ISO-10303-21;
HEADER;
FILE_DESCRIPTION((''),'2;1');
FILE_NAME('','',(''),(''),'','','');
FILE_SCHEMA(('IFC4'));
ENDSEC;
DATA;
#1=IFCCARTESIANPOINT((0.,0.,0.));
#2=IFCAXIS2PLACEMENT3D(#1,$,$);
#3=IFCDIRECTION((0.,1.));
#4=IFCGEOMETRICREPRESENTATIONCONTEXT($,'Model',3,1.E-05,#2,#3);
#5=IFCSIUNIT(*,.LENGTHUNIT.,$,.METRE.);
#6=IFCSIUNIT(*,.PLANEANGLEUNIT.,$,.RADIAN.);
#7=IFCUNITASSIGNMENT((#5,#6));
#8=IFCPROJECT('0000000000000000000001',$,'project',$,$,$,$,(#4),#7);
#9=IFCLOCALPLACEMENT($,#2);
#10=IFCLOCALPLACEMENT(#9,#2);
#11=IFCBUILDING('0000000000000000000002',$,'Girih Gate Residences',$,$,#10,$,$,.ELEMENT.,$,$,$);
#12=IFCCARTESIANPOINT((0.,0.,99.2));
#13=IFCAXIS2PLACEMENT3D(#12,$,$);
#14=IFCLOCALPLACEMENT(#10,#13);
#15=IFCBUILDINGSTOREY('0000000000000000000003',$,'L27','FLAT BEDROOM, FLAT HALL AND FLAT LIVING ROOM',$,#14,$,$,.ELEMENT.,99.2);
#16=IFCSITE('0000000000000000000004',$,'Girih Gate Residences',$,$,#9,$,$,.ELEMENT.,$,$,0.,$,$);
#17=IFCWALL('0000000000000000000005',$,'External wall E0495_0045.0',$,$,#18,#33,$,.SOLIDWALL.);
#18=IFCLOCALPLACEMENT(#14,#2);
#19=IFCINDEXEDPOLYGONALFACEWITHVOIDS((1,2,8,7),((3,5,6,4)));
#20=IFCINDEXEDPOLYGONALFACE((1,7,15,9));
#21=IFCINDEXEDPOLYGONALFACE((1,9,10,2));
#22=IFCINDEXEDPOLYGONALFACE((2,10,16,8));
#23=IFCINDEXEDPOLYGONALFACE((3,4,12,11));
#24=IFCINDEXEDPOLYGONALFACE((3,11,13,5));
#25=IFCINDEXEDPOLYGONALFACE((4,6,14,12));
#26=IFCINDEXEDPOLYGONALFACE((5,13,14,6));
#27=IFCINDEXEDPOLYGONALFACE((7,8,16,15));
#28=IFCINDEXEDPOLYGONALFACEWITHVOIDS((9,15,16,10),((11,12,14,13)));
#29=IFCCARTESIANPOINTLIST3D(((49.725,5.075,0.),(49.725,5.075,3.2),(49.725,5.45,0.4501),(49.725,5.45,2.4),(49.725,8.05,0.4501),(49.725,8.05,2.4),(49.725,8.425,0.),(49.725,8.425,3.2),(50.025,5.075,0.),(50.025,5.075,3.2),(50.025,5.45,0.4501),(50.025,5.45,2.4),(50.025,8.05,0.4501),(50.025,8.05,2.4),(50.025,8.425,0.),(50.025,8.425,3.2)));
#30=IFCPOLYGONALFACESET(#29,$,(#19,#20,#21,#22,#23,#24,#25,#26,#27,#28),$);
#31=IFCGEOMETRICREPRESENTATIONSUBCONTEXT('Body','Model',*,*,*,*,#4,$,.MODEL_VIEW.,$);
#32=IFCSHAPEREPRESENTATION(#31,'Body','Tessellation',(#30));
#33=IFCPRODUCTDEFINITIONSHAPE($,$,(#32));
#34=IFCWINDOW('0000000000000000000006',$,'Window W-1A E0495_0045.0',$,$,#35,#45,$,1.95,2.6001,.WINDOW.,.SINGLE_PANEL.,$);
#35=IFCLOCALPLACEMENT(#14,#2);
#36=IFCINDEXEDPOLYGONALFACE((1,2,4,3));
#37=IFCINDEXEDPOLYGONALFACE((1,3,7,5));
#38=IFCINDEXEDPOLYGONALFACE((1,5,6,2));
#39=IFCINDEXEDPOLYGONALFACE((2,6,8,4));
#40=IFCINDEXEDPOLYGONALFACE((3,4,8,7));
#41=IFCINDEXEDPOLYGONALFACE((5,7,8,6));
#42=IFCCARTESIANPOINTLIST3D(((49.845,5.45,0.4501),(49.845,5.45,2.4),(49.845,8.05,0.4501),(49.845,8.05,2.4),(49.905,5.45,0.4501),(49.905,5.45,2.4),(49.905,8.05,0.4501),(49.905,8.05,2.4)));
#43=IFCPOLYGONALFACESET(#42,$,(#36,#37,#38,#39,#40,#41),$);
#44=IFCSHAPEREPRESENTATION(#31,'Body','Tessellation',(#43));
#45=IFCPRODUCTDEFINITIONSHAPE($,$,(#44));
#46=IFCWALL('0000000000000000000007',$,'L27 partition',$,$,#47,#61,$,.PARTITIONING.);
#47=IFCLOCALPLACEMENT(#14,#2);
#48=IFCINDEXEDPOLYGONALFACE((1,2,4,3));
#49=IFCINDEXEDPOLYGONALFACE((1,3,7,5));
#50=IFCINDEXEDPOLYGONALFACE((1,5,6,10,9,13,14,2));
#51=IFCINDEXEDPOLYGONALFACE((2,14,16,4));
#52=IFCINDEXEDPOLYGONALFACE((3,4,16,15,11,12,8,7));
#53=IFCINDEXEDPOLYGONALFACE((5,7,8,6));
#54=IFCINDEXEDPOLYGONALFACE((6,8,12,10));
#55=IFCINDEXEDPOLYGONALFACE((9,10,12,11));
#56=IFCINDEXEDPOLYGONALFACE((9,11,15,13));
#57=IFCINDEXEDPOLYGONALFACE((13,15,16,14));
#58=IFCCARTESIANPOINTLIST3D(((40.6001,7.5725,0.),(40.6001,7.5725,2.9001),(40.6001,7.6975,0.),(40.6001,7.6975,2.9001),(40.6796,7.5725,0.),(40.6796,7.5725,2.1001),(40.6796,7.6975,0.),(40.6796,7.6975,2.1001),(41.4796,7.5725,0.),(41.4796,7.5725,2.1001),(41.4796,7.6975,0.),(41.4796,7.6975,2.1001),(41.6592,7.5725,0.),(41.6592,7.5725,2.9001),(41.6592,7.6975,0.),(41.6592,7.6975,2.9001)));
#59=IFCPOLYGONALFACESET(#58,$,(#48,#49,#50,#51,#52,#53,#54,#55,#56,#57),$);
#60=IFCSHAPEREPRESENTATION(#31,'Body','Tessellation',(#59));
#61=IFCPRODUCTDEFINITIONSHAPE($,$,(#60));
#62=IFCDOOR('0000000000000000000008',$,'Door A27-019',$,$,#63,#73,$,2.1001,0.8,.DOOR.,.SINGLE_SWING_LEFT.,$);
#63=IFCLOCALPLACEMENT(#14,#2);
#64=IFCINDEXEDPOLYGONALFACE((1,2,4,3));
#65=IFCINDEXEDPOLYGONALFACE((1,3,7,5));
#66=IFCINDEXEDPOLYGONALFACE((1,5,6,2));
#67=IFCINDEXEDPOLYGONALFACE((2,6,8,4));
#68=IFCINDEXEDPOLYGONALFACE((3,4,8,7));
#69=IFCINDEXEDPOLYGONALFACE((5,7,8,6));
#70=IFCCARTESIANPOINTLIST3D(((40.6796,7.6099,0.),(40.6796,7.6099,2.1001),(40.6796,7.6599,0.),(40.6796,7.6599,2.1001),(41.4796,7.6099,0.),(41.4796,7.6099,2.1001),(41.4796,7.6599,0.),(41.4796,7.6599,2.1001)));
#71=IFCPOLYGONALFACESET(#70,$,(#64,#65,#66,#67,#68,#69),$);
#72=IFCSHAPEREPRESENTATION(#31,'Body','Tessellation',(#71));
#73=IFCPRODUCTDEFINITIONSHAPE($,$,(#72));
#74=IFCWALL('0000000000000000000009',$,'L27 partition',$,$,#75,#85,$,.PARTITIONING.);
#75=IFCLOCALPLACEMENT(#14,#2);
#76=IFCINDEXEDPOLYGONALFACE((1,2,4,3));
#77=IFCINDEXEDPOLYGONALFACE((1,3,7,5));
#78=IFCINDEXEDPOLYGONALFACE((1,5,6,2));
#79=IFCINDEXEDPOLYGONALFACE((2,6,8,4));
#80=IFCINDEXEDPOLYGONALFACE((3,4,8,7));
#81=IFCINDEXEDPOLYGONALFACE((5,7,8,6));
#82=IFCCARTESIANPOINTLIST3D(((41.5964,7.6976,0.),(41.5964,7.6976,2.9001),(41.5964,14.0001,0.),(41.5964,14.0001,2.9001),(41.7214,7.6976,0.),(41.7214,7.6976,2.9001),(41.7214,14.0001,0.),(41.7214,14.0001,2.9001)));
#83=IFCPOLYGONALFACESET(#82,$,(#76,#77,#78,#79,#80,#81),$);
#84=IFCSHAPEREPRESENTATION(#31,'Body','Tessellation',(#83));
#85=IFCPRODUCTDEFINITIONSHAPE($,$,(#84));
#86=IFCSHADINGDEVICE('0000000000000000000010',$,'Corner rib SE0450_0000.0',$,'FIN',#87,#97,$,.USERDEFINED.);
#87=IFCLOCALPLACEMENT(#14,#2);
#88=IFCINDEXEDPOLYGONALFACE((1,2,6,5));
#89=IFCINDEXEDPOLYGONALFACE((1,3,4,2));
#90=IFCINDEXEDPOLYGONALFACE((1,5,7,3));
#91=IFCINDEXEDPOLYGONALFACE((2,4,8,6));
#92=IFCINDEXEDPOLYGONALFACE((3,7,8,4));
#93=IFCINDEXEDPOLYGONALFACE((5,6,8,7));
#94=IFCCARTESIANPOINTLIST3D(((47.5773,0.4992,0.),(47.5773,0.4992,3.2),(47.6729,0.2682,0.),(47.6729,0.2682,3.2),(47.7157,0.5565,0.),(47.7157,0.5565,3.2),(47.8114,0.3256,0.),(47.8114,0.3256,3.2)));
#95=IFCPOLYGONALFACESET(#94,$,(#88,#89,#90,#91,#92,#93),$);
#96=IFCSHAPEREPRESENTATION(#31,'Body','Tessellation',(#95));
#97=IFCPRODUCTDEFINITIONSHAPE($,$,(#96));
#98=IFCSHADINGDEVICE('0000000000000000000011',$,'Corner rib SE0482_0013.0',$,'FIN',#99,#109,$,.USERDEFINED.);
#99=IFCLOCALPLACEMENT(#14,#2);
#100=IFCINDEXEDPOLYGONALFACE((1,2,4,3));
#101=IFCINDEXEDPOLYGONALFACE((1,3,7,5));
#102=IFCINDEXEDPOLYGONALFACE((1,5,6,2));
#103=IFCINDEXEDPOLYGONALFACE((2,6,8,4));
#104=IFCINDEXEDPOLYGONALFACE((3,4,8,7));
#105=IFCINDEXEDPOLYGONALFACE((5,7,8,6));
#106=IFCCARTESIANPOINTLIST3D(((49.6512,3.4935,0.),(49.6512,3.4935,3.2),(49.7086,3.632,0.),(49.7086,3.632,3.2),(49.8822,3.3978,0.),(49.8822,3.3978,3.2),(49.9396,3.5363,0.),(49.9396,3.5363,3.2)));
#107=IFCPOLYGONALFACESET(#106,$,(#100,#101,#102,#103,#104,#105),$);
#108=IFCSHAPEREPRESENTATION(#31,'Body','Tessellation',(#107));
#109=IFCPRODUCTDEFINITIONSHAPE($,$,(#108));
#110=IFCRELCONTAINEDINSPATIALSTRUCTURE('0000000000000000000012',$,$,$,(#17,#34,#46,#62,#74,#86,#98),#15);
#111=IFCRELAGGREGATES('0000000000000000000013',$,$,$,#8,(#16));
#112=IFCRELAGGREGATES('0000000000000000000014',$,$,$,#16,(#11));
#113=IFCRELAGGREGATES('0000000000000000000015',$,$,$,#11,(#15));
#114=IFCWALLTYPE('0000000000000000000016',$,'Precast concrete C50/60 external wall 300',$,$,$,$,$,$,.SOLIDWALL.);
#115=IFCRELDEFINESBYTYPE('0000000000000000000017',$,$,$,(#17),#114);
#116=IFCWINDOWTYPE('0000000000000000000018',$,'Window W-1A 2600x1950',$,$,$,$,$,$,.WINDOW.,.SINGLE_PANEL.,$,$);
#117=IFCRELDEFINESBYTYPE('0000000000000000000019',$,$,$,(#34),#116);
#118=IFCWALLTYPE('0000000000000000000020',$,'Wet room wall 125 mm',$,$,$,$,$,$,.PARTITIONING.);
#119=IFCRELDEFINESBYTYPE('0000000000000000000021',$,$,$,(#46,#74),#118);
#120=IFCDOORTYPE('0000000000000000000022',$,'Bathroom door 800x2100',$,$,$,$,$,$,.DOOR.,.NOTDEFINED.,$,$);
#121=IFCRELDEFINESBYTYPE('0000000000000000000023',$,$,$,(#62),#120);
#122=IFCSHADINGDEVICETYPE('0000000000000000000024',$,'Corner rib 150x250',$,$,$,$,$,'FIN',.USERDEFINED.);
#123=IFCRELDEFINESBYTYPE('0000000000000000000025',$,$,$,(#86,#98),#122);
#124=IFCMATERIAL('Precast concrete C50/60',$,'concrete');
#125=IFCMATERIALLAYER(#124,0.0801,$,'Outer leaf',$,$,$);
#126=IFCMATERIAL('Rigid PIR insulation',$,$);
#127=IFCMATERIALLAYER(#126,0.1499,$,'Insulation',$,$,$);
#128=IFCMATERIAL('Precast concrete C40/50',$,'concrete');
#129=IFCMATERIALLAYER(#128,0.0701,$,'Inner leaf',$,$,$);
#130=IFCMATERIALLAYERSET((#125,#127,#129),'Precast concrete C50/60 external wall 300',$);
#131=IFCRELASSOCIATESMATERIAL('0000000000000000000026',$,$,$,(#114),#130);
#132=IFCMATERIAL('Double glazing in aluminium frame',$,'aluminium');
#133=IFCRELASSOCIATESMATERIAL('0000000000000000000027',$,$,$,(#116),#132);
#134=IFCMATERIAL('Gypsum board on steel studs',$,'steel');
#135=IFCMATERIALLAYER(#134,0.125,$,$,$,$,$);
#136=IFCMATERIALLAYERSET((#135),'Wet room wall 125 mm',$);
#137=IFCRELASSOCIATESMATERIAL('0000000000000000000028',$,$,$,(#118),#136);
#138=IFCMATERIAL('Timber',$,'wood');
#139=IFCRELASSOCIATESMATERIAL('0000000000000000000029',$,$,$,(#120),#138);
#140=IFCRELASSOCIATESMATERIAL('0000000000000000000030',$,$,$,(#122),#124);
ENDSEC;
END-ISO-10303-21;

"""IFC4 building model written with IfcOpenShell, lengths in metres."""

from ifc_helpers import new_model, si_unit, direction, frame, frame_2d, origin, origin_2d, place, context, subcontext, project, spatial, rectangle, extrude, material, layer, layer_set, type_object, element, fill, save


model = new_model("IFC4")

# Units and contexts
model_context = context("Model", 3, precision=1e-05, world=origin(), true_north=direction((0.0, 1.0)))
body_context = subcontext(model_context, "Body", "Model", "MODEL_VIEW")
ifc_project = project(units=[si_unit("LENGTHUNIT", "METRE"), si_unit("PLANEANGLEUNIT", "RADIAN")], contexts=[model_context])

# Site, building, storey
site_placement = place(None, origin())
site = spatial("IfcSite", under=ifc_project, at=site_placement, Name="Girih Gate Residences", CompositionType="ELEMENT", RefElevation=0.0)
building_placement = place(site_placement, origin())
building = spatial("IfcBuilding", under=site, at=building_placement, Name="Girih Gate Residences", CompositionType="ELEMENT")
storey_placement = place(building_placement, frame((0.0, 0.0, 99.2)))
storey = spatial("IfcBuildingStorey", under=building, at=storey_placement, Name="L27", Description="FLAT BEDROOM, FLAT HALL AND FLAT LIVING ROOM", CompositionType="ELEMENT", Elevation=99.2)

# Shared definitions
ifc_material_1 = material(Name="Gypsum board on steel studs", Category="steel")
ifc_material_2 = material(Name="Timber", Category="wood")

# Wall, opening, window
ifc_material_3 = material(Name="Precast concrete C50/60", Category="concrete")
ifc_layer_1 = layer(ifc_material_3, 0.0801, Name="Outer leaf")
ifc_material_4 = material(Name="Rigid PIR insulation")
ifc_layer_2 = layer(ifc_material_4, 0.1499, Name="Insulation")
ifc_material_5 = material(Name="Precast concrete C40/50", Category="concrete")
ifc_layer_3 = layer(ifc_material_5, 0.0701, Name="Inner leaf")
ifc_layer_set_1 = layer_set([ifc_layer_1, ifc_layer_2, ifc_layer_3], Name="Precast concrete C50/60 external wall 300")
wall_type_1 = type_object("IfcWallType", Name="Precast concrete C50/60 external wall 300", PredefinedType="SOLIDWALL", material=ifc_layer_set_1)
ifc_material_6 = material(Name="Double glazing in aluminium frame", Category="aluminium")
window_type_1 = type_object("IfcWindowType", Name="Window W-1A 2600x1950", PartitioningType="SINGLE_PANEL", PredefinedType="WINDOW", material=ifc_material_6)
wall_1_placement = place(storey_placement, frame((49.875, 8.425, 0.0), z_axis=(0.0, 0.0, 1.0), x_axis=(0.0, -1.0, 0.0)))
wall_1 = element("IfcWall", 1, at=wall_1_placement, inside=storey, type_object=wall_type_1, Name="External wall E0495_0045.0", PredefinedType="SOLIDWALL", context=body_context, shape_type="SweptSolid", body=[
    extrude(rectangle(XDim=3.3501, YDim=0.3, at=frame_2d((1.675, 0.0))), origin(), (0.0, 0.0, 1.0), 3.2),
])
opening_1_placement = place(wall_1_placement, frame((0.375, 0.0, 0.45)))
opening_1 = element("IfcOpeningElement", 2, at=opening_1_placement, cuts=wall_1, PredefinedType="OPENING", context=body_context, shape_type="SweptSolid", body=[
    extrude(rectangle(XDim=2.6001, YDim=1.95, at=frame_2d((1.3, 0.9751))), frame((0.0, 0.1599, 0.0), z_axis=(0.0, -1.0, 0.0), x_axis=(1.0, 0.0, 0.0)), (0.0, 0.0, 1.0), 0.3201),
])
window_1_placement = place(opening_1_placement, origin())
window_1 = element("IfcWindow", 3, at=window_1_placement, inside=storey, type_object=window_type_1, Name="Window W-1A E0495_0045.0", OverallHeight=1.95, OverallWidth=2.6001, PartitioningType="SINGLE_PANEL", PredefinedType="WINDOW", context=body_context, shape_type="SweptSolid", body=[
    extrude(rectangle(XDim=2.6001, YDim=1.95, at=frame_2d((1.3, 0.9751))), frame((0.0, 0.03, 0.0), z_axis=(0.0, -1.0, 0.0), x_axis=(1.0, 0.0, 0.0)), (0.0, 0.0, 1.0), 0.0601),
])
fill(opening_1, window_1)

# Wall, opening, door
ifc_layer_4 = layer(ifc_material_1, 0.125)
ifc_layer_set_2 = layer_set([ifc_layer_4], Name="Wet room wall 125 mm")
wall_type_2 = type_object("IfcWallType", Name="Wet room wall 125 mm", PredefinedType="PARTITIONING", material=ifc_layer_set_2)
wall_2_placement = place(storey_placement, frame((40.6001, 7.635, 0.0), z_axis=(0.0, 0.0, 1.0), x_axis=(1.0, 0.0, 0.0)))
wall_2 = element("IfcWall", 4, at=wall_2_placement, inside=storey, type_object=wall_type_2, Name="L27 partition", PredefinedType="PARTITIONING", context=body_context, shape_type="SweptSolid", body=[
    extrude(rectangle(XDim=1.0591, YDim=0.125, at=frame_2d((0.5295, 0.0))), origin(), (0.0, 0.0, 1.0), 2.9001),
])
opening_2_placement = place(wall_2_placement, frame((0.0796, 0.0, 0.0)))
opening_2 = element("IfcOpeningElement", 5, at=opening_2_placement, cuts=wall_2, PredefinedType="OPENING", context=body_context, shape_type="SweptSolid", body=[
    extrude(rectangle(XDim=0.8, YDim=2.1001, at=frame_2d((0.3999, 1.05))), frame((0.0, 0.0725, 0.0), z_axis=(0.0, -1.0, 0.0), x_axis=(1.0, 0.0, 0.0)), (0.0, 0.0, 1.0), 0.145),
])
door_type_1 = type_object("IfcDoorType", Name="Bathroom door 800x2100", OperationType="NOTDEFINED", PredefinedType="DOOR", material=ifc_material_2)
door_1_placement = place(opening_2_placement, origin())
door_1 = element("IfcDoor", 6, at=door_1_placement, inside=storey, type_object=door_type_1, Name="Door A27-019", OperationType="SINGLE_SWING_LEFT", OverallHeight=2.1001, OverallWidth=0.8, PredefinedType="DOOR", context=body_context, shape_type="SweptSolid", body=[
    extrude(rectangle(XDim=0.8, YDim=2.1001, at=frame_2d((0.3999, 1.05))), frame((0.0, 0.0249, 0.0), z_axis=(0.0, -1.0, 0.0), x_axis=(1.0, 0.0, 0.0)), (0.0, 0.0, 1.0), 0.05),
])
fill(opening_2, door_1)

# Wall
wall_3_placement = place(storey_placement, frame((41.6589, 7.6975, 0.0), z_axis=(0.0, 0.0, 1.0), x_axis=(0.0, 1.0, 0.0)))
element("IfcWall", 7, at=wall_3_placement, inside=storey, type_object=wall_type_2, Name="L27 partition", PredefinedType="PARTITIONING", context=body_context, shape_type="SweptSolid", body=[
    extrude(rectangle(XDim=6.3025, YDim=0.125, at=frame_2d((3.1514, 0.0))), origin(), (0.0, 0.0, 1.0), 2.9001),
])

# Shading devices
shading_device_type = type_object("IfcShadingDeviceType", Name="Corner rib 150x250", ElementType="FIN", PredefinedType="USERDEFINED", material=ifc_material_3)
for number, where, z_axis, x_axis, name in (
    (8, (47.6943, 0.4124, 0.0), (0.0, 0.0, 1.0), (0.92388, 0.382683, 0.0), "Corner rib SE0450_0000.0"),
    (9, (49.7954, 3.5149, 0.0), (0.0, 0.0, 1.0), (0.382683, 0.92388, 0.0), "Corner rib SE0482_0013.0"),
):
    element("IfcShadingDevice", number, at=place(storey_placement, frame(where, z_axis=z_axis, x_axis=x_axis)), inside=storey, type_object=shading_device_type, Name=name, ObjectType="FIN", PredefinedType="USERDEFINED", context=body_context, shape_type="SweptSolid", body=[
        extrude(rectangle(XDim=0.1499, YDim=0.25, at=origin_2d()), origin(), (0.0, 0.0, 1.0), 3.2),
    ])

save(model, "model.ifc")
